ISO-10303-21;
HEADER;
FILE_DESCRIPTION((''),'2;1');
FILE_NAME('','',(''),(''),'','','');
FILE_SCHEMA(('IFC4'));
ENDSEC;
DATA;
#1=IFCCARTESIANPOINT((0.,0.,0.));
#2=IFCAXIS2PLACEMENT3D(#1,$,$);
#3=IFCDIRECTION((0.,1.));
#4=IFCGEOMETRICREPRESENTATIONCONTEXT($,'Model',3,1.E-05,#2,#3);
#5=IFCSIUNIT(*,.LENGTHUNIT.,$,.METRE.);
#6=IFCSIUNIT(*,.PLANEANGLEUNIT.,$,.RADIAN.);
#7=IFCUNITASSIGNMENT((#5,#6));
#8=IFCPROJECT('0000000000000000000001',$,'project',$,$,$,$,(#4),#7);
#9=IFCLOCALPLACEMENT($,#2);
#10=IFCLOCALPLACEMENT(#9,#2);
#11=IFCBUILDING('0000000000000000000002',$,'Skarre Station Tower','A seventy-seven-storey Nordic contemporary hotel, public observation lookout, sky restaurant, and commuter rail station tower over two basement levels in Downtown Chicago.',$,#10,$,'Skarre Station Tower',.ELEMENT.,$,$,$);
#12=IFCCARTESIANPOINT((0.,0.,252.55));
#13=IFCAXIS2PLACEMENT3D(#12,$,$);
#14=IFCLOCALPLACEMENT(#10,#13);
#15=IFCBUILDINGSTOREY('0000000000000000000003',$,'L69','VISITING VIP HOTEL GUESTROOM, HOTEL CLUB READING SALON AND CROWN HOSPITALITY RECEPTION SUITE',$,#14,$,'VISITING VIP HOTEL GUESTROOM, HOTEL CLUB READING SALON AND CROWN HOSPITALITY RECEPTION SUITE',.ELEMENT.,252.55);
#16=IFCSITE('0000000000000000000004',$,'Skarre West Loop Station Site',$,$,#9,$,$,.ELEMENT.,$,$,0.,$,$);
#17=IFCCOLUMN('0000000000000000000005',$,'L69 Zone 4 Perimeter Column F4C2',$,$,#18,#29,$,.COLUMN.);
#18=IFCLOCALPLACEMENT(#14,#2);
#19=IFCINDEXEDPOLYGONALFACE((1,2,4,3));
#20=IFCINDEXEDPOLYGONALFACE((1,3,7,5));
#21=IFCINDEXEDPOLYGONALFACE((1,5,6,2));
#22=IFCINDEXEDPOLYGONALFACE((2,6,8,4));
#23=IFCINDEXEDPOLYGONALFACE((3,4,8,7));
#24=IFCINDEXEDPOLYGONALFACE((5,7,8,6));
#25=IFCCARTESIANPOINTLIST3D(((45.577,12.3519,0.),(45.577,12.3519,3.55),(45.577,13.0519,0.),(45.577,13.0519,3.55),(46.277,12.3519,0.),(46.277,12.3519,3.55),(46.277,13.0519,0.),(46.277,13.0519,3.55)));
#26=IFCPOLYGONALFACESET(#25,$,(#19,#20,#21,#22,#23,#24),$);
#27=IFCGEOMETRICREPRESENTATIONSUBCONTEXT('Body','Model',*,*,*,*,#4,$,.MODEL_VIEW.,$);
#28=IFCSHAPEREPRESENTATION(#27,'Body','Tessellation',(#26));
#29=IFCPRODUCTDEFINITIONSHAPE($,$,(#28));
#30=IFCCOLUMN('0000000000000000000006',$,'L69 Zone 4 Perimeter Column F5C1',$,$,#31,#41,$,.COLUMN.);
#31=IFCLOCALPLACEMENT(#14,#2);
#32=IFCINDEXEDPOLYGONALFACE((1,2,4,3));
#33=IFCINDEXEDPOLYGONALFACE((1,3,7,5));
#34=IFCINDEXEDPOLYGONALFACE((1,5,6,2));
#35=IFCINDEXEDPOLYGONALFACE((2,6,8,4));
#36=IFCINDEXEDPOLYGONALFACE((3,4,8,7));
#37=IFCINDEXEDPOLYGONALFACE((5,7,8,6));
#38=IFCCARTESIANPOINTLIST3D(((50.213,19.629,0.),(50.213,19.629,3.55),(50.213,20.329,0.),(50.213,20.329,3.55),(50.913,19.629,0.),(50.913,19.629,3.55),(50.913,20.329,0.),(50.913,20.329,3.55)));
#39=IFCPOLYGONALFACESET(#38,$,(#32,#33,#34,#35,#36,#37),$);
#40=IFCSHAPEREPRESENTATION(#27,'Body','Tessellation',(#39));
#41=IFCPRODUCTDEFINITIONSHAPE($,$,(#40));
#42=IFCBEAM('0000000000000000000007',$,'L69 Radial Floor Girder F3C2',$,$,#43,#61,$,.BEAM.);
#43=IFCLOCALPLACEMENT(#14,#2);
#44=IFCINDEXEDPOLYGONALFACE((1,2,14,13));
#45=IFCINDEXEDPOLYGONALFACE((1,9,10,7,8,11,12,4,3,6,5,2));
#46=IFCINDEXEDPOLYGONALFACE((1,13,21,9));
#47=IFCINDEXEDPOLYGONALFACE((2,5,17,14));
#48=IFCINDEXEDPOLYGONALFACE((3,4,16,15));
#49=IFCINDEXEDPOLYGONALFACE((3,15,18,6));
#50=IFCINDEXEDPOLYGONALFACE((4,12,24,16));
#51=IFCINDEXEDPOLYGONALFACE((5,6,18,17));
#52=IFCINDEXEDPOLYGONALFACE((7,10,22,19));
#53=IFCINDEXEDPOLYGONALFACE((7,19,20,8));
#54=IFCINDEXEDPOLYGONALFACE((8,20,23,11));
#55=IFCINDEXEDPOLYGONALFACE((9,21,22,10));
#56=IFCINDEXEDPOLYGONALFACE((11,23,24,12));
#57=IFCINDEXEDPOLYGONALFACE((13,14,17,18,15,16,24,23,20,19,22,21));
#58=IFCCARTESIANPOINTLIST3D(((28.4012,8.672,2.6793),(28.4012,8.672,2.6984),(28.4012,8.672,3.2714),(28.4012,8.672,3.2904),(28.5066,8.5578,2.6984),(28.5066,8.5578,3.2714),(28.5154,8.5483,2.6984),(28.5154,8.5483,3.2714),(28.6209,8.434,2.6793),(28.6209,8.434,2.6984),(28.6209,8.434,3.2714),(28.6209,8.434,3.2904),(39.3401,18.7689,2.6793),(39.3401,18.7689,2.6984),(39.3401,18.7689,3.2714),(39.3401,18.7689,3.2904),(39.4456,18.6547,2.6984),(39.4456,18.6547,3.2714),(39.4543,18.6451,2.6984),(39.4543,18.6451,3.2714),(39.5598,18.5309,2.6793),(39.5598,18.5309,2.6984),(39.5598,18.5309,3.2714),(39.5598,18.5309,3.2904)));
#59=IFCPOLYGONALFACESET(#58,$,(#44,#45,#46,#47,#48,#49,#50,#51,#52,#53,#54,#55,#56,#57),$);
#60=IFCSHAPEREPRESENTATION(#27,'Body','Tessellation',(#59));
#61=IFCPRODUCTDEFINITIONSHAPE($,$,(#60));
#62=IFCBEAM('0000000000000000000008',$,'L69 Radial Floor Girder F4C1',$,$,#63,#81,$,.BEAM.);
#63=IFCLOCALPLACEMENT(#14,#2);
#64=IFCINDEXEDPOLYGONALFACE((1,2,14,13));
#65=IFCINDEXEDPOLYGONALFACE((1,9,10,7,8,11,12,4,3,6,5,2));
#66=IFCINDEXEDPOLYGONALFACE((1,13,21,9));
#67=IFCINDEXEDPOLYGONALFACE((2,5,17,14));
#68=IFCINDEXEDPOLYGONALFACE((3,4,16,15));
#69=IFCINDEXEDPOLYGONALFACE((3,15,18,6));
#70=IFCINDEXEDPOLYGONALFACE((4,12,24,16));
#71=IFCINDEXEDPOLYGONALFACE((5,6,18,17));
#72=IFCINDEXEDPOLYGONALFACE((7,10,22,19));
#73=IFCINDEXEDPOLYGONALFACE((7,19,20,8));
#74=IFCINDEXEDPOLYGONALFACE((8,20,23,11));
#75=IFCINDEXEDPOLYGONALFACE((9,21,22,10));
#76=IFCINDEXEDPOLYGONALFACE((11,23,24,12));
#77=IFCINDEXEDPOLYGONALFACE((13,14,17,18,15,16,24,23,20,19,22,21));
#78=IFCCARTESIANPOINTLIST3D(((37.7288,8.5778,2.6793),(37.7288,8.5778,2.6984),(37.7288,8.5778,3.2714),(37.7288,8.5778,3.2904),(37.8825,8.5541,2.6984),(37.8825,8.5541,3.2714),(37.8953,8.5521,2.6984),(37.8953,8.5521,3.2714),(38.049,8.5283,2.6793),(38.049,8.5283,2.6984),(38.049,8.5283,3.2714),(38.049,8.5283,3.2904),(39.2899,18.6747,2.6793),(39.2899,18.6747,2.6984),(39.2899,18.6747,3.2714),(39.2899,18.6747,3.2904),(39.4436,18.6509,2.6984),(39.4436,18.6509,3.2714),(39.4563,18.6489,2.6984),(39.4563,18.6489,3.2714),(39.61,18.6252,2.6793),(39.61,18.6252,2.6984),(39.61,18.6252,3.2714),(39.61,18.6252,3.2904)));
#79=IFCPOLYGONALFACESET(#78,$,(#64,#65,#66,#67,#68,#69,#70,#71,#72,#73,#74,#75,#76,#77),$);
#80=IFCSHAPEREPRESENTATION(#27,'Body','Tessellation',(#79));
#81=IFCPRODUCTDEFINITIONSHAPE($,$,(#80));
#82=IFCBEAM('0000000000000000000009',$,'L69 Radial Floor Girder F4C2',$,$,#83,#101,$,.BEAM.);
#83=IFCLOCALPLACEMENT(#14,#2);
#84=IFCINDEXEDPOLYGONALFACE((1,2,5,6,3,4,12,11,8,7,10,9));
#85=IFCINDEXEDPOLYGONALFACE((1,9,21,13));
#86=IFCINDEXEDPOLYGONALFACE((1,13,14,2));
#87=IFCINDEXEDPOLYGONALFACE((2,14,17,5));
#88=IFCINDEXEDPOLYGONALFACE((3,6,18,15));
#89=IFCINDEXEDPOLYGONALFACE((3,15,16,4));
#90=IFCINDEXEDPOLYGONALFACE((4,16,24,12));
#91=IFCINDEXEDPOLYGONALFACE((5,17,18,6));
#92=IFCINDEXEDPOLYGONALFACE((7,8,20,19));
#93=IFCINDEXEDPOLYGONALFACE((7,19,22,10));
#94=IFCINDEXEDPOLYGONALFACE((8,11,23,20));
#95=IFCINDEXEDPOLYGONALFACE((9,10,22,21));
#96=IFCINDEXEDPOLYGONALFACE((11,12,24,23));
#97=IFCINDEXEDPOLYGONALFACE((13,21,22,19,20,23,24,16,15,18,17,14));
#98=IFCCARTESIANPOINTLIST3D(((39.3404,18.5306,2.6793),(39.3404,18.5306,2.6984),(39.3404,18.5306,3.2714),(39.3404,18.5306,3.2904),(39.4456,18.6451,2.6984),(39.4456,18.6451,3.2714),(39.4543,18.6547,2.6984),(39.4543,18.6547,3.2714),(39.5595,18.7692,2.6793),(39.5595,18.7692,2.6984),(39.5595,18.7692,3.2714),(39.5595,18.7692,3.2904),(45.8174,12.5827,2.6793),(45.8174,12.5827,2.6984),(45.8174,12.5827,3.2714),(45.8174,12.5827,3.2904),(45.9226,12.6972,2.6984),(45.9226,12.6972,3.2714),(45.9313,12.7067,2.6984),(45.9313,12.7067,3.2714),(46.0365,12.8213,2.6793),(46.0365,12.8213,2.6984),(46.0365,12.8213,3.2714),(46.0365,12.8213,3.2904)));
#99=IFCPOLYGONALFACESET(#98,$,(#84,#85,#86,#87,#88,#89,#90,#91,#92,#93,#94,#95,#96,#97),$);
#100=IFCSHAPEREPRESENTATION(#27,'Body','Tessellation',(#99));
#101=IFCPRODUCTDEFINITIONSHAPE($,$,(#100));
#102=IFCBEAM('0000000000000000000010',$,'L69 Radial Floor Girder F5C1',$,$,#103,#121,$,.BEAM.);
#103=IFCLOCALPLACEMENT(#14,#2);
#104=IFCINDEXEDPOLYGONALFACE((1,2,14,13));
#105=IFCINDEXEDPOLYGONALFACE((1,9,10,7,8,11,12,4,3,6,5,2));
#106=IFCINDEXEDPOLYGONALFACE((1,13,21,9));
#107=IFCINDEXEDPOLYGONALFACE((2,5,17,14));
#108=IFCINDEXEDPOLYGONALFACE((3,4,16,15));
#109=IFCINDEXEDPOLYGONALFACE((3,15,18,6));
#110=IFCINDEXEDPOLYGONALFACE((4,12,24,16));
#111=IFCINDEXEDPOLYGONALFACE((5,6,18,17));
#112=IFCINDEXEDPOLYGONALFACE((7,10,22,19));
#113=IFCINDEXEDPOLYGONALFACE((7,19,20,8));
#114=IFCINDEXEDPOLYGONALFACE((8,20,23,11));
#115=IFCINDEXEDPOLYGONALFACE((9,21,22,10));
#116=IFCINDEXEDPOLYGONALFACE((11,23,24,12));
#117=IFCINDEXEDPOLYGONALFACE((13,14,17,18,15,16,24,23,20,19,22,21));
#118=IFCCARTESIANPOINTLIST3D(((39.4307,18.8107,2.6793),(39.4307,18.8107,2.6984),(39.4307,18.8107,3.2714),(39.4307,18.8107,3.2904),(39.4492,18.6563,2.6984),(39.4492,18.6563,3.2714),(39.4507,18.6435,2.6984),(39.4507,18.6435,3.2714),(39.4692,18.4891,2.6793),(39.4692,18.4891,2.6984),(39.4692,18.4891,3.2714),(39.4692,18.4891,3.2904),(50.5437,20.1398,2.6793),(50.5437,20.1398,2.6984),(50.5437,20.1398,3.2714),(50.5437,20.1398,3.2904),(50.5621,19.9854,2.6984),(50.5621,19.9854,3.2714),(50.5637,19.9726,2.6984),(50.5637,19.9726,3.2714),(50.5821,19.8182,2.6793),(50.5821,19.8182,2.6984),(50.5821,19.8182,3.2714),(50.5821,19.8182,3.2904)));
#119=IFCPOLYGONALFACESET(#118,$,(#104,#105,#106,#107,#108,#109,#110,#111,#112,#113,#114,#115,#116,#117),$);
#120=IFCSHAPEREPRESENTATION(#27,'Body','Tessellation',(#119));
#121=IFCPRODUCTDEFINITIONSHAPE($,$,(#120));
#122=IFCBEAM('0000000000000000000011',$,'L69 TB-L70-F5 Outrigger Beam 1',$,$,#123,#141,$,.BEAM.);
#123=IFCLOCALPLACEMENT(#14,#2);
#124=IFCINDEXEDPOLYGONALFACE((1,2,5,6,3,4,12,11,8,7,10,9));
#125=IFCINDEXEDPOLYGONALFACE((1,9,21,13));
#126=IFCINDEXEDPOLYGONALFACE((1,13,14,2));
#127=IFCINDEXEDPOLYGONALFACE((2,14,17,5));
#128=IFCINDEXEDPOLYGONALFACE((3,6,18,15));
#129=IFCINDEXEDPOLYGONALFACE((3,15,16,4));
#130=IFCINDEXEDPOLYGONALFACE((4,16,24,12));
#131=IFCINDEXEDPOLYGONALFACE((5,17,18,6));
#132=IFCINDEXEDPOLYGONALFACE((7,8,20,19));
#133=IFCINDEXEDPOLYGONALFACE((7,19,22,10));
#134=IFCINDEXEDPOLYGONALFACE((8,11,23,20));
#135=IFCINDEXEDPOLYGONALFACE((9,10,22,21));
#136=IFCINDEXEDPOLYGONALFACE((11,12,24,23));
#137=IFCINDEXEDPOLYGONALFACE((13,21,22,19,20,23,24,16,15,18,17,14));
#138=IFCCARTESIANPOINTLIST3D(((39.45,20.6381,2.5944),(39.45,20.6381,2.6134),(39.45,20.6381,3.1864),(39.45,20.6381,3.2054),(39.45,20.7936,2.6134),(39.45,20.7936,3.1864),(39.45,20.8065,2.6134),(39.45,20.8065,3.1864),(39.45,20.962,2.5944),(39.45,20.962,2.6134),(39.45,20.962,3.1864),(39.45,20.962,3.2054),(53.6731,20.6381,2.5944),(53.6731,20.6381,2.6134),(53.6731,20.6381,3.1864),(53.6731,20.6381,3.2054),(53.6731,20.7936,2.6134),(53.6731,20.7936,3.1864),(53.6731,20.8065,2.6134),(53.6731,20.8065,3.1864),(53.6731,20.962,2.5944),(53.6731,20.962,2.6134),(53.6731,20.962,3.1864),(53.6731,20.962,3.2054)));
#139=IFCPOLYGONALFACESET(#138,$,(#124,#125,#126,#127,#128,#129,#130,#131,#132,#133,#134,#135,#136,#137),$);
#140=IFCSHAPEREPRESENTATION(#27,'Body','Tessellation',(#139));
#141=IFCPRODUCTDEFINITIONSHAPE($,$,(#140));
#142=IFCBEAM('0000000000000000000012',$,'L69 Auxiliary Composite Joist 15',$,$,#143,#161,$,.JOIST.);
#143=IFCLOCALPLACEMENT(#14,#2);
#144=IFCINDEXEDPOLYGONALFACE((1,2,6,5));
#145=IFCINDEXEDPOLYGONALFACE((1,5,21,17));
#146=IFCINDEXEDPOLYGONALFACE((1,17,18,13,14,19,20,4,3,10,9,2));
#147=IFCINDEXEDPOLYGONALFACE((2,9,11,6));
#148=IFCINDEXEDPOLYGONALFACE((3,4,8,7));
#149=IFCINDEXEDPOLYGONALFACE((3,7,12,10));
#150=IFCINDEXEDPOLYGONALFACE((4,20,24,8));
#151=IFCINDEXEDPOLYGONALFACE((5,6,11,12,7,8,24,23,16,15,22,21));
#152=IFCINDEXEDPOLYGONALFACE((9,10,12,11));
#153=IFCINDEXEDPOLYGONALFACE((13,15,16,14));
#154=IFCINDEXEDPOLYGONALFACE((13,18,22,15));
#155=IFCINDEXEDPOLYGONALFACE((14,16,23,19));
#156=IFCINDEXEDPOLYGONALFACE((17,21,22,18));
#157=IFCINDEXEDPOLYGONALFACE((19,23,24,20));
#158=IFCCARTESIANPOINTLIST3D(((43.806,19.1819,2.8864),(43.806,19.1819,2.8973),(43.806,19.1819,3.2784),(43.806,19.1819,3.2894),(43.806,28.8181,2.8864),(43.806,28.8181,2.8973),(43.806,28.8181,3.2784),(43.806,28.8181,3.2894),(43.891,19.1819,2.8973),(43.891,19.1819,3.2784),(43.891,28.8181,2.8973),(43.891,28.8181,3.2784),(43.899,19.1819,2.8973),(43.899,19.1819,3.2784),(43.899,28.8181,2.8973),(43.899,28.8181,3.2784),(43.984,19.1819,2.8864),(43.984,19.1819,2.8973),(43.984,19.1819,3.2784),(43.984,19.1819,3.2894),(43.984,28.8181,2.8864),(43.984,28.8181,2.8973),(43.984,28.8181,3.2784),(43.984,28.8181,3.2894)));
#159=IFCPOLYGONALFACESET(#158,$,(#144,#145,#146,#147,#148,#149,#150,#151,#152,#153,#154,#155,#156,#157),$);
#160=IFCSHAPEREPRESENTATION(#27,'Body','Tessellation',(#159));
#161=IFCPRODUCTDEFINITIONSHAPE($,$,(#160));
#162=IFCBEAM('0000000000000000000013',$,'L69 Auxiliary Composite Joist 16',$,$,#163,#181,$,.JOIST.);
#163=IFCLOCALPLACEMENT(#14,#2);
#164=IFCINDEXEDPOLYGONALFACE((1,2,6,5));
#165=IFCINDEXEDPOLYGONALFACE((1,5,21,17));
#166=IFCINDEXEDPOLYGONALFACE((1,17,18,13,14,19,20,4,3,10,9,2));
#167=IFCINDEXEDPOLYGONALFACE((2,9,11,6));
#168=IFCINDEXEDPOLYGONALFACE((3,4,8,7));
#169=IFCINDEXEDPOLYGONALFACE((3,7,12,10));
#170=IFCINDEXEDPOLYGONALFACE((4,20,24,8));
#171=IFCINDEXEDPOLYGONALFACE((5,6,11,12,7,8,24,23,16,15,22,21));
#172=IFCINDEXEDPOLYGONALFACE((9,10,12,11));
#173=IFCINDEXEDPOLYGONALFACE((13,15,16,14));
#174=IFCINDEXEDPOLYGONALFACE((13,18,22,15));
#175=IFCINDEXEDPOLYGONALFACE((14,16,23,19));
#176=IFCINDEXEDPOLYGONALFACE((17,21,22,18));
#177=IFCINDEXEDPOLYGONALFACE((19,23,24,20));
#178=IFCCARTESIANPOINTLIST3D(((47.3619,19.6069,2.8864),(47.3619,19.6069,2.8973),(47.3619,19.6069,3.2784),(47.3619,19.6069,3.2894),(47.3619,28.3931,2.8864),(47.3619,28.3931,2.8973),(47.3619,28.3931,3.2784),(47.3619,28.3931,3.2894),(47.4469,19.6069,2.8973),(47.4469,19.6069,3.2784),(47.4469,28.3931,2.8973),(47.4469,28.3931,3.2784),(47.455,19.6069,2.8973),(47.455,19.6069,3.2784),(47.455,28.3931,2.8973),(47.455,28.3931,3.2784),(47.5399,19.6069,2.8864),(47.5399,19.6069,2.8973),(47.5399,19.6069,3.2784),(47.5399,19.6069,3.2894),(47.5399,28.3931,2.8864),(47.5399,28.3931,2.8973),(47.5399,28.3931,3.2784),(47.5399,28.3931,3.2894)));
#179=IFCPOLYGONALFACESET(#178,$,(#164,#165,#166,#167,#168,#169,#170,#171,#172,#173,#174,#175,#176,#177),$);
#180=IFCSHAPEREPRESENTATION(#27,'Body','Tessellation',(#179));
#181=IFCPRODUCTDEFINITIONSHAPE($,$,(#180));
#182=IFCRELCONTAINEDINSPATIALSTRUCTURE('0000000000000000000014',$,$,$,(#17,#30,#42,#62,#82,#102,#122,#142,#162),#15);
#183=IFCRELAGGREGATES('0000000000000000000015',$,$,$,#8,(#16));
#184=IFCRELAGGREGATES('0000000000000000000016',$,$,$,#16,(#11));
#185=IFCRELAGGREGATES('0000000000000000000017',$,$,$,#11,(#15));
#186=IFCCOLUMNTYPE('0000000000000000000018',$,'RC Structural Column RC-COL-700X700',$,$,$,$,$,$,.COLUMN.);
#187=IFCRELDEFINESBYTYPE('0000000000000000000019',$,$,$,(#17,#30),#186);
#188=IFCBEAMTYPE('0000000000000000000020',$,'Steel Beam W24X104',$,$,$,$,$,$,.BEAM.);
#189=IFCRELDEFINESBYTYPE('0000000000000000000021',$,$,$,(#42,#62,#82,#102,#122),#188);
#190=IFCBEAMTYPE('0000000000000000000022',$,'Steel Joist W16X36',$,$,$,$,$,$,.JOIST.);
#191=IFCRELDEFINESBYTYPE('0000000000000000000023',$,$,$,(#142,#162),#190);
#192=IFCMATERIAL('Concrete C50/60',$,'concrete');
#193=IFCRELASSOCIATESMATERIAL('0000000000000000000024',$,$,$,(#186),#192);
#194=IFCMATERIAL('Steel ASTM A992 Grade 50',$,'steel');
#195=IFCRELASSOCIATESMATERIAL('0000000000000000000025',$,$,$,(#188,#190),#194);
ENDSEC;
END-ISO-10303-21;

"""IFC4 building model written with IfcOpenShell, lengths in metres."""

from ifc_helpers import new_model, si_unit, direction, frame, origin, origin_2d, place, context, subcontext, project, spatial, rectangle, i_section, extrude, material, material_profile, profile_set, type_object, element, save


model = new_model("IFC4")

# Units and contexts
model_context = context("Model", 3, precision=1e-05, world=origin(), true_north=direction((0.0, 1.0)))
body_context = subcontext(model_context, "Body", "Model", "MODEL_VIEW")
ifc_project = project(units=[si_unit("LENGTHUNIT", "METRE"), si_unit("PLANEANGLEUNIT", "RADIAN")], contexts=[model_context])

# Site, building, storey
site_placement = place(None, origin())
site = spatial("IfcSite", under=ifc_project, at=site_placement, Name="Skarre West Loop Station Site", CompositionType="ELEMENT", RefElevation=0.0)
building_placement = place(site_placement, origin())
building = spatial("IfcBuilding", under=site, at=building_placement, Name="Skarre Station Tower", Description="A seventy-seven-storey Nordic contemporary hotel, public observation lookout, sky restaurant, and commuter rail station tower over two basement levels in Downtown Chicago.", LongName="Skarre Station Tower", CompositionType="ELEMENT")
storey_placement = place(building_placement, frame((0.0, 0.0, 252.55)))
storey = spatial("IfcBuildingStorey", under=building, at=storey_placement, Name="L69", Description="VISITING VIP HOTEL GUESTROOM, HOTEL CLUB READING SALON AND CROWN HOSPITALITY RECEPTION SUITE", LongName="VISITING VIP HOTEL GUESTROOM, HOTEL CLUB READING SALON AND CROWN HOSPITALITY RECEPTION SUITE", CompositionType="ELEMENT", Elevation=252.55)

# Columns
ifc_material_1 = material(Name="Concrete C50/60", Category="concrete")
ifc_material_profile_1 = material_profile(ifc_material_1, rectangle(XDim=0.7, YDim=0.7, at=origin_2d()), Name="Concrete C50/60")
ifc_profile_set_1 = profile_set([ifc_material_profile_1], Name="Concrete C50/60")
column_type = type_object("IfcColumnType", Name="RC Structural Column RC-COL-700X700", PredefinedType="COLUMN", material=ifc_profile_set_1)
for number, where, z_axis, x_axis, name in (
    (1, (45.927, 12.7019, 0.0), (0.0, 0.0, 1.0), (1.0, 0.0, 0.0), "L69 Zone 4 Perimeter Column F4C2"),
    (2, (50.563, 19.979, 0.0), (0.0, 0.0, 1.0), (1.0, 0.0, 0.0), "L69 Zone 4 Perimeter Column F5C1"),
):
    element("IfcColumn", number, at=place(storey_placement, frame(where, z_axis=z_axis, x_axis=x_axis)), inside=storey, type_object=column_type, Name=name, PredefinedType="COLUMN", context=body_context, shape_type="SweptSolid", body=[
        extrude(rectangle(XDim=0.7, YDim=0.7, at=origin_2d()), origin(), (0.0, 0.0, 1.0), 3.55),
    ])

# Beams
ifc_material_2 = material(Name="Steel ASTM A992 Grade 50", Category="steel")
ifc_material_profile_2 = material_profile(ifc_material_2, i_section(OverallWidth=0.324, OverallDepth=0.6111, WebThickness=0.0129, FlangeThickness=0.019, at=origin_2d()), Name="Steel ASTM A992 Grade 50")
ifc_profile_set_2 = profile_set([ifc_material_profile_2], Name="Steel ASTM A992 Grade 50")
beam_type_1 = type_object("IfcBeamType", Name="Steel Beam W24X104", PredefinedType="BEAM", material=ifc_profile_set_2)
beam_1_placement = place(storey_placement, frame((39.45, 18.6499, 2.9849), z_axis=(-0.734823, -0.678259, 0.0), x_axis=(0.678259, -0.734823, 0.0)))
element("IfcBeam", 3, at=beam_1_placement, inside=storey, type_object=beam_type_1, Name="L69 Radial Floor Girder F3C2", PredefinedType="BEAM", context=body_context, shape_type="SweptSolid", body=[
    extrude(i_section(OverallWidth=0.324, OverallDepth=0.6111, WebThickness=0.0129, FlangeThickness=0.019, at=origin_2d()), origin(), (0.0, 0.0, 1.0), 14.8865),
])
beam_2_placement = place(storey_placement, frame((39.45, 18.6499, 2.9849), z_axis=(-0.15279, -0.988259, 0.0), x_axis=(0.988259, -0.15279, 0.0)))
element("IfcBeam", 4, at=beam_2_placement, inside=storey, type_object=beam_type_1, Name="L69 Radial Floor Girder F4C1", PredefinedType="BEAM", context=body_context, shape_type="SweptSolid", body=[
    extrude(i_section(OverallWidth=0.324, OverallDepth=0.6111, WebThickness=0.0129, FlangeThickness=0.019, at=origin_2d()), origin(), (0.0, 0.0, 1.0), 10.2168),
])
beam_3_placement = place(storey_placement, frame((39.45, 18.6499, 2.9849), z_axis=(0.736548, -0.676386, 0.0), x_axis=(0.676386, 0.736548, 0.0)))
element("IfcBeam", 5, at=beam_3_placement, inside=storey, type_object=beam_type_1, Name="L69 Radial Floor Girder F4C2", PredefinedType="BEAM", context=body_context, shape_type="SweptSolid", body=[
    extrude(i_section(OverallWidth=0.324, OverallDepth=0.6111, WebThickness=0.0129, FlangeThickness=0.019, at=origin_2d()), origin(), (0.0, 0.0, 1.0), 8.7937),
])
beam_4_placement = place(storey_placement, frame((39.45, 18.6499, 2.9849), z_axis=(0.992924, 0.118752, 0.0), x_axis=(-0.118752, 0.992924, 0.0)))
element("IfcBeam", 6, at=beam_4_placement, inside=storey, type_object=beam_type_1, Name="L69 Radial Floor Girder F5C1", PredefinedType="BEAM", context=body_context, shape_type="SweptSolid", body=[
    extrude(i_section(OverallWidth=0.324, OverallDepth=0.6111, WebThickness=0.0129, FlangeThickness=0.019, at=origin_2d()), origin(), (0.0, 0.0, 1.0), 11.1921),
])
beam_5_placement = place(storey_placement, frame((39.45, 20.8, 2.8999), z_axis=(1.0, 0.0, 0.0), x_axis=(0.0, 1.0, 0.0)))
element("IfcBeam", 7, at=beam_5_placement, inside=storey, type_object=beam_type_1, Name="L69 TB-L70-F5 Outrigger Beam 1", PredefinedType="BEAM", context=body_context, shape_type="SweptSolid", body=[
    extrude(i_section(OverallWidth=0.324, OverallDepth=0.6111, WebThickness=0.0129, FlangeThickness=0.019, at=origin_2d()), origin(), (0.0, 0.0, 1.0), 14.2231),
])
ifc_material_profile_3 = material_profile(ifc_material_2, i_section(OverallWidth=0.178, OverallDepth=0.4031, WebThickness=0.0081, FlangeThickness=0.011, at=origin_2d()), Name="Steel ASTM A992 Grade 50")
ifc_profile_set_3 = profile_set([ifc_material_profile_3], Name="Steel ASTM A992 Grade 50")
beam_type_2 = type_object("IfcBeamType", Name="Steel Joist W16X36", PredefinedType="JOIST", material=ifc_profile_set_3)
beam_6_placement = place(storey_placement, frame((43.895, 19.1819, 3.0879), z_axis=(0.0, 1.0, 0.0), x_axis=(-1.0, 0.0, 0.0)))
element("IfcBeam", 8, at=beam_6_placement, inside=storey, type_object=beam_type_2, Name="L69 Auxiliary Composite Joist 15", PredefinedType="JOIST", context=body_context, shape_type="SweptSolid", body=[
    extrude(i_section(OverallWidth=0.178, OverallDepth=0.4031, WebThickness=0.0081, FlangeThickness=0.011, at=origin_2d()), origin(), (0.0, 0.0, 1.0), 9.6362),
])
beam_7_placement = place(storey_placement, frame((47.4509, 19.6069, 3.0879), z_axis=(0.0, 1.0, 0.0), x_axis=(-1.0, 0.0, 0.0)))
element("IfcBeam", 9, at=beam_7_placement, inside=storey, type_object=beam_type_2, Name="L69 Auxiliary Composite Joist 16", PredefinedType="JOIST", context=body_context, shape_type="SweptSolid", body=[
    extrude(i_section(OverallWidth=0.178, OverallDepth=0.4031, WebThickness=0.0081, FlangeThickness=0.011, at=origin_2d()), origin(), (0.0, 0.0, 1.0), 8.7861),
])

save(model, "model.ifc")
